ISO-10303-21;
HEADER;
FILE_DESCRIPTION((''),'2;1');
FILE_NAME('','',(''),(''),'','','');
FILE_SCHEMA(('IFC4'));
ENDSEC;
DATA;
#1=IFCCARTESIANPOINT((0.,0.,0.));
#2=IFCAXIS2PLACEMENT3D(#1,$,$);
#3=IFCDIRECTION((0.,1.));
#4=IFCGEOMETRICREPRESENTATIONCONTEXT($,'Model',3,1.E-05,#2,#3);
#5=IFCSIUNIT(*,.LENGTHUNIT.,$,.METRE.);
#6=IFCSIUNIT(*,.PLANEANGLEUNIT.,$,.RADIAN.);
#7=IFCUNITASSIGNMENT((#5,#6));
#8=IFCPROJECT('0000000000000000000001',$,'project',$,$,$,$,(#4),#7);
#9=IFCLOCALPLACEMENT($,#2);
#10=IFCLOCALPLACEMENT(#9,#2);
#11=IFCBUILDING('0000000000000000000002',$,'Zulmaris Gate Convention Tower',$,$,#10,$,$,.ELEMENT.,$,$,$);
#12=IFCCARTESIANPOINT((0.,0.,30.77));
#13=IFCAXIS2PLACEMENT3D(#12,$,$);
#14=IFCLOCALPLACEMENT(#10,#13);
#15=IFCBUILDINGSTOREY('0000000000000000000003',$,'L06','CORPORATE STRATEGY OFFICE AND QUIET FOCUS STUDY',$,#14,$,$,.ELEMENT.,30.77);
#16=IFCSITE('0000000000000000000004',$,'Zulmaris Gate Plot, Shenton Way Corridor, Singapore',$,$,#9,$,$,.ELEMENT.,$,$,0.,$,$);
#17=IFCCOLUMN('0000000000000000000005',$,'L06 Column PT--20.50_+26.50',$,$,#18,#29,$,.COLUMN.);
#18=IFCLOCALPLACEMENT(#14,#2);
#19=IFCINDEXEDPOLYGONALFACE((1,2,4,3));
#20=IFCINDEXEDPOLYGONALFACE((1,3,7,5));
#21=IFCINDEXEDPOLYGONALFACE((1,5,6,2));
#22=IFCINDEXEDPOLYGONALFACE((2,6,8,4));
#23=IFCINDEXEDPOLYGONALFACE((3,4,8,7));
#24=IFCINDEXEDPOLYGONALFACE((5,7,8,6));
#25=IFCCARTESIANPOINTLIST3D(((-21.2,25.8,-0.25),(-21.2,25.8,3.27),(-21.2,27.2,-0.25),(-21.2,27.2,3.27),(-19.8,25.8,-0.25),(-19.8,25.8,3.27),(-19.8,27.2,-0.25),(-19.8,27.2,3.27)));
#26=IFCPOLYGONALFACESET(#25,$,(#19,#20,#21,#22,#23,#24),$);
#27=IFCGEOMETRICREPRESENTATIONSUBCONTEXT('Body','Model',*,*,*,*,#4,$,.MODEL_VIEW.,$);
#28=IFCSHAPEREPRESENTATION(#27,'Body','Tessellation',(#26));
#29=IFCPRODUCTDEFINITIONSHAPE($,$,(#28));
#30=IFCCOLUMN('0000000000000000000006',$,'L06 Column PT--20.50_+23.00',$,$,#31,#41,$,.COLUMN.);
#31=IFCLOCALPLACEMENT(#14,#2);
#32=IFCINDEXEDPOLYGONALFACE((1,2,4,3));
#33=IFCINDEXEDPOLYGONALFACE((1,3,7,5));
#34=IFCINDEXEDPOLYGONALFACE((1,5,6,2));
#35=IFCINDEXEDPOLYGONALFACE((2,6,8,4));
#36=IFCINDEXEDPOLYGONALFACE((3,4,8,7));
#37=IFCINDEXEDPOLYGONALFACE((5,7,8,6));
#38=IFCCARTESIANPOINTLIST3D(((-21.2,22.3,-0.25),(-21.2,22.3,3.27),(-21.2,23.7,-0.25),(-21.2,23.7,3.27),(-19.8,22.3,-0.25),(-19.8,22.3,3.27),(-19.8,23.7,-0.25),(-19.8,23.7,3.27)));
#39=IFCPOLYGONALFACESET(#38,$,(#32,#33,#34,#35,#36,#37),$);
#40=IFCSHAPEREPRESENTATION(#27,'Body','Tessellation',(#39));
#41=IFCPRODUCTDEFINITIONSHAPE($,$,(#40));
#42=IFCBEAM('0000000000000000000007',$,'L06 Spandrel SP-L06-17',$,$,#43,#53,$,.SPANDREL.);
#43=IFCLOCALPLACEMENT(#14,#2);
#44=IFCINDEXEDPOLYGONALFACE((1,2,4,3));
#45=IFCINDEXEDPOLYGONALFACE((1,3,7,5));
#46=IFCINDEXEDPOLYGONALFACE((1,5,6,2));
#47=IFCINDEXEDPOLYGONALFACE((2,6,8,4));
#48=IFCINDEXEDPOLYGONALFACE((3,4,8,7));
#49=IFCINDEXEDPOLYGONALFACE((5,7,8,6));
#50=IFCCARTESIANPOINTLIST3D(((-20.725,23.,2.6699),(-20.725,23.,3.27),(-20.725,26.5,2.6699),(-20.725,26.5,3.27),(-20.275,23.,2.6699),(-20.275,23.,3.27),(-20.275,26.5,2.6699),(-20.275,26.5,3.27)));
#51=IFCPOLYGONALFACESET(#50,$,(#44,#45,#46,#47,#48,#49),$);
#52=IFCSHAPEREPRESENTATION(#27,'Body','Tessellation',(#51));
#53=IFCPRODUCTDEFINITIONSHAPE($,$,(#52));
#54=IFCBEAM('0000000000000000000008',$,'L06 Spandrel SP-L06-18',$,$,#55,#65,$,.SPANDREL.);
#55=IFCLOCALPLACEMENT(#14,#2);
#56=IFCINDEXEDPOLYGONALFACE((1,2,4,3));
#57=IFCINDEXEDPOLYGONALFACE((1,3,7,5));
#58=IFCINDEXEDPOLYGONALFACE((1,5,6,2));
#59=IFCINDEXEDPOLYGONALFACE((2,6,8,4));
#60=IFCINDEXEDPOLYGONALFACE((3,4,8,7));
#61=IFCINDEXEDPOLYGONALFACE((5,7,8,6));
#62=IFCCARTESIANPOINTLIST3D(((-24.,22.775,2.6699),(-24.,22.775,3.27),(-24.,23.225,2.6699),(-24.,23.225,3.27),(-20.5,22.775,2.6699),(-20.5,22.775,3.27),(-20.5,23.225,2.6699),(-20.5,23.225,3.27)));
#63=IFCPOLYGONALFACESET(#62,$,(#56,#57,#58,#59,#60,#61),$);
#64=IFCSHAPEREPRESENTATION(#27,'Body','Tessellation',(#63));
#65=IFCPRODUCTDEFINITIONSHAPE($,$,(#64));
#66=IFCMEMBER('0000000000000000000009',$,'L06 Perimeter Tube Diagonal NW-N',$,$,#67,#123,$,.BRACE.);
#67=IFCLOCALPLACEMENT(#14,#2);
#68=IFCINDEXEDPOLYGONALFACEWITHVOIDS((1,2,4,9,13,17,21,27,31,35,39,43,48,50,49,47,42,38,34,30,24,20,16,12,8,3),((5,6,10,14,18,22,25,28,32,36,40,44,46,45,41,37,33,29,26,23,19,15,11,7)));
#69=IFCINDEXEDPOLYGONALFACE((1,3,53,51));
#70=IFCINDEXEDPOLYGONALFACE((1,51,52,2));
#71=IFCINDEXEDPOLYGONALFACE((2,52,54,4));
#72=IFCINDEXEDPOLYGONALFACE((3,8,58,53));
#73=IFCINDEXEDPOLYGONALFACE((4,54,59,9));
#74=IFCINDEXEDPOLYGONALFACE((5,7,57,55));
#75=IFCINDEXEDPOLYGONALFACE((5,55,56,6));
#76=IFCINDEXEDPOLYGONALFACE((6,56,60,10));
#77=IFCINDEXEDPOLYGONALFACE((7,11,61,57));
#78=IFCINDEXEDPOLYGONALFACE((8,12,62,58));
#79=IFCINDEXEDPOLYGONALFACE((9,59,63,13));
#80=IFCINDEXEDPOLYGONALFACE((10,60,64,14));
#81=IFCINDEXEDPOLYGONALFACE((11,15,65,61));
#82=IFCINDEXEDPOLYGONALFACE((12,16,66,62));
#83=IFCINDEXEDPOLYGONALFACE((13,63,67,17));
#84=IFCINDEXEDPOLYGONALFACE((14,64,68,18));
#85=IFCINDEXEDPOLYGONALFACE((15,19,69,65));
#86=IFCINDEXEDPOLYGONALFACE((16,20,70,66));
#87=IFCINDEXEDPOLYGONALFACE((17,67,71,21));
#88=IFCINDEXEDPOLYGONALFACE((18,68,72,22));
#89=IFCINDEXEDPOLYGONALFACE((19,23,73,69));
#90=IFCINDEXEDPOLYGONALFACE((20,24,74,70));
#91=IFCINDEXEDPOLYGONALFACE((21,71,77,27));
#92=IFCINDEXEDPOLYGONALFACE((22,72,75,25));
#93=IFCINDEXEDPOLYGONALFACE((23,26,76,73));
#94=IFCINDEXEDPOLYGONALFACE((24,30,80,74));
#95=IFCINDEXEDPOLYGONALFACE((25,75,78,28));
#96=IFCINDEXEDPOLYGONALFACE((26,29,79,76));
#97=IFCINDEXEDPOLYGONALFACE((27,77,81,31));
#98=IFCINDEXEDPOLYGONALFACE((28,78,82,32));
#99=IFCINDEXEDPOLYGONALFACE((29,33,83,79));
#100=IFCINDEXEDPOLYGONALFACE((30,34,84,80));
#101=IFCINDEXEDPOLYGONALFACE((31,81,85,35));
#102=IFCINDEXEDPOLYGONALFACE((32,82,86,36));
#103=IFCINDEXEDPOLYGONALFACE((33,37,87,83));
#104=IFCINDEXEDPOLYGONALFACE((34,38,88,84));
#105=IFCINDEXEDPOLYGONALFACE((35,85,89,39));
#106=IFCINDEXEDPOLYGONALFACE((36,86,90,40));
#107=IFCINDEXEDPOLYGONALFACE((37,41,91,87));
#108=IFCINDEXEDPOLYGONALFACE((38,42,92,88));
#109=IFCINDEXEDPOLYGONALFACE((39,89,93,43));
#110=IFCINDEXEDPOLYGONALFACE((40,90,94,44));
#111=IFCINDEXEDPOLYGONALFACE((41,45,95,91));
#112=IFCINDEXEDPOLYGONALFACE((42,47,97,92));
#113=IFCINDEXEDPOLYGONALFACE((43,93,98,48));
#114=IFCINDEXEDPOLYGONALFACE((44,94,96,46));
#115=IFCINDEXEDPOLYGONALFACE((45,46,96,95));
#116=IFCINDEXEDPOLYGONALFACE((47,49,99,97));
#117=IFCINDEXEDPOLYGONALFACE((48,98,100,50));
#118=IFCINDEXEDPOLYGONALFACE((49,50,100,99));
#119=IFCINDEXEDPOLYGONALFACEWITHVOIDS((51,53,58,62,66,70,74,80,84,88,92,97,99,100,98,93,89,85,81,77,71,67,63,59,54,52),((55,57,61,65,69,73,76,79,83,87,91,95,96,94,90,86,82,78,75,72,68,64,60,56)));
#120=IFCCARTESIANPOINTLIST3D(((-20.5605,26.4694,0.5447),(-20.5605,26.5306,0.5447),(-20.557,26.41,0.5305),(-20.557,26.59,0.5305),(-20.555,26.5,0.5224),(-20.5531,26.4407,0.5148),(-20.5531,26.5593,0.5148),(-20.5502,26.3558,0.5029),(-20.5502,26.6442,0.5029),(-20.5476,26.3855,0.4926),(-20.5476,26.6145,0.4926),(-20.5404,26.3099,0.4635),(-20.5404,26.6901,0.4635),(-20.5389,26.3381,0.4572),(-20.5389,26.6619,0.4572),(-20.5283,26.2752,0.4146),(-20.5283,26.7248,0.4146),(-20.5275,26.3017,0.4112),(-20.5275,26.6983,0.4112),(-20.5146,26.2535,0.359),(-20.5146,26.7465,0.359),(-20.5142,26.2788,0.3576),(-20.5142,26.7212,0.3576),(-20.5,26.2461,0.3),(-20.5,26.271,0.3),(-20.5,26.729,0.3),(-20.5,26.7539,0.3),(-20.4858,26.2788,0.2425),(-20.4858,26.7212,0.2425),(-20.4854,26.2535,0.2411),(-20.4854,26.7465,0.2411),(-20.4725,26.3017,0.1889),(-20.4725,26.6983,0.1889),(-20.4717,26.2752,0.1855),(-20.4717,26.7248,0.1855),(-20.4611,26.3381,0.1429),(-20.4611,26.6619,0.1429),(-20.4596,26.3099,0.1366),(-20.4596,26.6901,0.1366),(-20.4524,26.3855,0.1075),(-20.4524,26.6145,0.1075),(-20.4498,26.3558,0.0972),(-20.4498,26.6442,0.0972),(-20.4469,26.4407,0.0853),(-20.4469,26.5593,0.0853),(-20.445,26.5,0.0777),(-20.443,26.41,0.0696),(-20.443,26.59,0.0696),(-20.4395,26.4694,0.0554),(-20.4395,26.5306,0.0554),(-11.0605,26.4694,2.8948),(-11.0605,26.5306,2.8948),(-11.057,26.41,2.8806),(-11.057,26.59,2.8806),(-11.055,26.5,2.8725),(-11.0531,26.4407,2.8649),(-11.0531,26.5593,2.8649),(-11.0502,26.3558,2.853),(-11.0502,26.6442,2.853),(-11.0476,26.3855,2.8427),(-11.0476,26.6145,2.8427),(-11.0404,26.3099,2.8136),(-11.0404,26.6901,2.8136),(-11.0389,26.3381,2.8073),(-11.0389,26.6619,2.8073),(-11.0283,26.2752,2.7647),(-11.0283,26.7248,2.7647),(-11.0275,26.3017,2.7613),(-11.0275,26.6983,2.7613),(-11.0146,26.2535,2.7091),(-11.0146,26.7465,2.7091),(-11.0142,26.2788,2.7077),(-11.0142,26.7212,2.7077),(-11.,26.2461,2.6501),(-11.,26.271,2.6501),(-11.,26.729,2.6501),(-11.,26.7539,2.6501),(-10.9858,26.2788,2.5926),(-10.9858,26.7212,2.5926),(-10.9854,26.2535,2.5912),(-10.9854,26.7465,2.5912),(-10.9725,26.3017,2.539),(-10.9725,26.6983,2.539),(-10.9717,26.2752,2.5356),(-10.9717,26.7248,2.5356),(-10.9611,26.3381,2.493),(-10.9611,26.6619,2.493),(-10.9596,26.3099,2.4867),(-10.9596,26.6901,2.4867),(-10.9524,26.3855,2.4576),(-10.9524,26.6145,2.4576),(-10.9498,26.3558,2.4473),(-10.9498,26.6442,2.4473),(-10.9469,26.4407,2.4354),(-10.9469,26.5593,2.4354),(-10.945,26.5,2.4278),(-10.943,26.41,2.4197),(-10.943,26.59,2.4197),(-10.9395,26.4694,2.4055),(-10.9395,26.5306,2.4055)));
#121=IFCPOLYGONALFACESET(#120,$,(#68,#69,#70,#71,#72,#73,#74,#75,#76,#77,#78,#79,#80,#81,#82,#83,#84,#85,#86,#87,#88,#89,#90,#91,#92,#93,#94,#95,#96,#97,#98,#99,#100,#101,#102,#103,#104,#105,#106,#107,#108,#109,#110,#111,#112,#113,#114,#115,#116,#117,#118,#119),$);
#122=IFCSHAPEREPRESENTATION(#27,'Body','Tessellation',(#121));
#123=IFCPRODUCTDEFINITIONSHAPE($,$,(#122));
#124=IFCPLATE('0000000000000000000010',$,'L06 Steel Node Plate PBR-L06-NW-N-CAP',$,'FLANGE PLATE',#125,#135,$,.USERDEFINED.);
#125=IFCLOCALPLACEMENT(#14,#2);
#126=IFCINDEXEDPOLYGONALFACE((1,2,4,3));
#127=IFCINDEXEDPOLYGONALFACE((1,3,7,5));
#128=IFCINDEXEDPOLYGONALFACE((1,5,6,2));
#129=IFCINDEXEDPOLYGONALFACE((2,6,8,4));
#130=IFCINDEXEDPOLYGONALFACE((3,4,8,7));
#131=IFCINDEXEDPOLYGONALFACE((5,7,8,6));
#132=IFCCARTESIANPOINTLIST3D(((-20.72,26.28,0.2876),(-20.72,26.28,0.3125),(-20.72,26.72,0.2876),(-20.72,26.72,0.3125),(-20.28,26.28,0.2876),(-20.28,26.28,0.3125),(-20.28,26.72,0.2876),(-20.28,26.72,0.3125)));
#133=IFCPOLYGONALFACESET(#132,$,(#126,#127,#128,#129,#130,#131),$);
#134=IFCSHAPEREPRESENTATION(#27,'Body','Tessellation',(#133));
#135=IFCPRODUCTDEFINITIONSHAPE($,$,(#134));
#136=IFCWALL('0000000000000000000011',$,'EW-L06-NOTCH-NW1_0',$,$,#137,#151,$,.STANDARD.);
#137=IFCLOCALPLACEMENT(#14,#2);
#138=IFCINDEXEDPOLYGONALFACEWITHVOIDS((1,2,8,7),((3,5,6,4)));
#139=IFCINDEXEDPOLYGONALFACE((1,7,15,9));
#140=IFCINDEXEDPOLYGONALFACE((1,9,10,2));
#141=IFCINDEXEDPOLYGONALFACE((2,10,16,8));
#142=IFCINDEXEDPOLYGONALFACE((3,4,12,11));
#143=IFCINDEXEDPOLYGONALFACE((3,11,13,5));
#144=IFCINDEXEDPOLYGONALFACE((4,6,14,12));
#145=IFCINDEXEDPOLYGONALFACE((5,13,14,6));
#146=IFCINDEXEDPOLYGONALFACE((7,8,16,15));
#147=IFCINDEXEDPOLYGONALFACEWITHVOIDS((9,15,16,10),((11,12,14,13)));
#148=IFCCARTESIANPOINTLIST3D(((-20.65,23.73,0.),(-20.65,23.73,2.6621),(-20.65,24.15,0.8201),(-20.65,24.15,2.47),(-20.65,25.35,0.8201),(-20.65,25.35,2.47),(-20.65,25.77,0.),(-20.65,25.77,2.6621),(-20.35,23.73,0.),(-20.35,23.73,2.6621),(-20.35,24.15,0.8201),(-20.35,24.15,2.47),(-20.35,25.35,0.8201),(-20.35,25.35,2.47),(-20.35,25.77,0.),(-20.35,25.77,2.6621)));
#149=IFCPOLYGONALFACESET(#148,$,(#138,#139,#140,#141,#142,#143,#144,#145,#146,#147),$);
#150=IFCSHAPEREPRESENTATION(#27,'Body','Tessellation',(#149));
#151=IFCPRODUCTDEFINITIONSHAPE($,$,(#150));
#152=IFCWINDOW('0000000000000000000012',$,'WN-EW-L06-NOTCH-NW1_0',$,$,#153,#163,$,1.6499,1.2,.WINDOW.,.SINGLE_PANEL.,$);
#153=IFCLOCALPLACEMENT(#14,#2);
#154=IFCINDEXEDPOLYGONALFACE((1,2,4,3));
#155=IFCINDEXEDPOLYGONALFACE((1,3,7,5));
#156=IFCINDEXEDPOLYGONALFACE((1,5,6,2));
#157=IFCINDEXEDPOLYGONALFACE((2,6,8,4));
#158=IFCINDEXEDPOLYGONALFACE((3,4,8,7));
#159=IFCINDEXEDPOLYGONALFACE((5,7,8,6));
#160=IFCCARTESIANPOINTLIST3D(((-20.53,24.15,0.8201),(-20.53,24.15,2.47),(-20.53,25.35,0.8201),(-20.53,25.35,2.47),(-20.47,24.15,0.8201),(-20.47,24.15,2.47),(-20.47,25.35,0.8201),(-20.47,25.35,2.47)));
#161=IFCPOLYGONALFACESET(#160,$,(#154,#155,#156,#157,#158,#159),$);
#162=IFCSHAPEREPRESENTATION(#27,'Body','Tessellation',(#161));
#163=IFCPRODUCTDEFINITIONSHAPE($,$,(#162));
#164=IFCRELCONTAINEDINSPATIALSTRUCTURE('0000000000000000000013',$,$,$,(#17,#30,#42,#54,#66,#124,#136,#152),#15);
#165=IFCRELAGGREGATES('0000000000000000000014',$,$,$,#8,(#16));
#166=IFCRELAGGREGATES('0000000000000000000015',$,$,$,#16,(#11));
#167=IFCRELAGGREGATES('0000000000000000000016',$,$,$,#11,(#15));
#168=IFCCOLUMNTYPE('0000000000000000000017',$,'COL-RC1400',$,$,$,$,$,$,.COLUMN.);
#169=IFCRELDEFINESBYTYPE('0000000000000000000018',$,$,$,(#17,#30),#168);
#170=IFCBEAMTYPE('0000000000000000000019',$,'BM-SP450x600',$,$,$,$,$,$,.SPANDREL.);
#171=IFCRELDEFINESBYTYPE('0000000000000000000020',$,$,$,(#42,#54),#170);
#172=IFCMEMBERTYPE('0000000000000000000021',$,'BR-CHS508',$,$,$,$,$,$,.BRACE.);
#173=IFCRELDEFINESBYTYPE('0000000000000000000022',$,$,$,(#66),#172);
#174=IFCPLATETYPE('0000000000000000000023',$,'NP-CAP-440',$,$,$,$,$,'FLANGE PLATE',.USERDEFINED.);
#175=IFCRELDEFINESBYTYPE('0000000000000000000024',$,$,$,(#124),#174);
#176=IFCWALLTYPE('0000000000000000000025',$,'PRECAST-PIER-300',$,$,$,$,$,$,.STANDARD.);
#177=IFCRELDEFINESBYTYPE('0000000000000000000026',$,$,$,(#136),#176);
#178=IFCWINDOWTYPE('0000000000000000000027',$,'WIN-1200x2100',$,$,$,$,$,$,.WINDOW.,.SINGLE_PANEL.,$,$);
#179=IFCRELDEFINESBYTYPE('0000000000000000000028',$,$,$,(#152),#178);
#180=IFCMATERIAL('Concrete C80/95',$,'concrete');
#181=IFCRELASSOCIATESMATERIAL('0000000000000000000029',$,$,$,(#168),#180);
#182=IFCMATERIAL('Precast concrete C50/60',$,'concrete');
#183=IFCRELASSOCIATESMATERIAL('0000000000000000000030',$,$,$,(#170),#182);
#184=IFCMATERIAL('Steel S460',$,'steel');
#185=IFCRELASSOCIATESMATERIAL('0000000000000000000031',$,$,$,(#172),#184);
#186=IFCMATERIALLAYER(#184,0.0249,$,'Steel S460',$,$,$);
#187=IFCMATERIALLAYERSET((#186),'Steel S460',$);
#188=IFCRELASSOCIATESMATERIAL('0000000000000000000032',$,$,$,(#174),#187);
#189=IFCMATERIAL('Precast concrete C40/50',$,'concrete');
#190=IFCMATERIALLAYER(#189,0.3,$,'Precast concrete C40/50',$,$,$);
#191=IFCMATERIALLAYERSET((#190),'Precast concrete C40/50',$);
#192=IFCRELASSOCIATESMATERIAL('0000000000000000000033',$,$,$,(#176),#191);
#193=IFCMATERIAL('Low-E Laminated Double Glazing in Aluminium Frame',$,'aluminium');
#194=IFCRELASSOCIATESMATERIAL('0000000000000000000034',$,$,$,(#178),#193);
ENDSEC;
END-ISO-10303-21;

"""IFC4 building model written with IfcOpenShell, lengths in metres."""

from ifc_helpers import new_model, si_unit, direction, frame, frame_2d, origin, origin_2d, place, context, subcontext, project, spatial, rectangle, hollow_circle, extrude, material, layer, layer_set, material_profile, profile_set, type_object, element, fill, save


model = new_model("IFC4")

# Units and contexts
model_context = context("Model", 3, precision=1e-05, world=origin(), true_north=direction((0.0, 1.0)))
body_context = subcontext(model_context, "Body", "Model", "MODEL_VIEW")
ifc_project = project(units=[si_unit("LENGTHUNIT", "METRE"), si_unit("PLANEANGLEUNIT", "RADIAN")], contexts=[model_context])

# Site, building, storey
site_placement = place(None, origin())
site = spatial("IfcSite", under=ifc_project, at=site_placement, Name="Zulmaris Gate Plot, Shenton Way Corridor, Singapore", CompositionType="ELEMENT", RefElevation=0.0)
building_placement = place(site_placement, origin())
building = spatial("IfcBuilding", under=site, at=building_placement, Name="Zulmaris Gate Convention Tower", CompositionType="ELEMENT")
storey_placement = place(building_placement, frame((0.0, 0.0, 30.77)))
storey = spatial("IfcBuildingStorey", under=building, at=storey_placement, Name="L06", Description="CORPORATE STRATEGY OFFICE AND QUIET FOCUS STUDY", CompositionType="ELEMENT", Elevation=30.77)

# Columns
ifc_material_1 = material(Name="Concrete C80/95", Category="concrete")
ifc_material_profile_1 = material_profile(ifc_material_1, rectangle(XDim=1.3999, YDim=1.3999, at=origin_2d()), Name="RC COL 1400x1400")
ifc_profile_set_1 = profile_set([ifc_material_profile_1], Name="Concrete C80/95")
column_type = type_object("IfcColumnType", Name="COL-RC1400", PredefinedType="COLUMN", material=ifc_profile_set_1)
for number, where, z_axis, x_axis, name in (
    (1, (-20.5, 26.5, -0.25), (0.0, 0.0, 1.0), (1.0, 0.0, 0.0), "L06 Column PT--20.50_+26.50"),
    (2, (-20.5, 23.0, -0.25), (0.0, 0.0, 1.0), (1.0, 0.0, 0.0), "L06 Column PT--20.50_+23.00"),
):
    element("IfcColumn", number, at=place(storey_placement, frame(where, z_axis=z_axis, x_axis=x_axis)), inside=storey, type_object=column_type, Name=name, PredefinedType="COLUMN", context=body_context, shape_type="SweptSolid", body=[
        extrude(rectangle(XDim=1.3999, YDim=1.3999, at=origin_2d()), origin(), (0.0, 0.0, 1.0), 3.52),
    ])

# Beams
ifc_material_2 = material(Name="Precast concrete C50/60", Category="concrete")
ifc_material_profile_2 = material_profile(ifc_material_2, rectangle(XDim=0.45, YDim=0.6001, at=origin_2d()), Name="RC SPANDREL 450x600")
ifc_profile_set_2 = profile_set([ifc_material_profile_2], Name="Precast concrete C50/60")
beam_type = type_object("IfcBeamType", Name="BM-SP450x600", PredefinedType="SPANDREL", material=ifc_profile_set_2)
for number, where, z_axis, x_axis, name in (
    (3, (-20.5, 26.5, 2.97), (0.0, -1.0, 0.0), (1.0, 0.0, 0.0), "L06 Spandrel SP-L06-17"),
    (4, (-20.5, 23.0, 2.97), (-1.0, 0.0, 0.0), (0.0, -1.0, 0.0), "L06 Spandrel SP-L06-18"),
):
    element("IfcBeam", number, at=place(storey_placement, frame(where, z_axis=z_axis, x_axis=x_axis)), inside=storey, type_object=beam_type, Name=name, PredefinedType="SPANDREL", context=body_context, shape_type="SweptSolid", body=[
        extrude(rectangle(XDim=0.45, YDim=0.6001, at=origin_2d()), origin(), (0.0, 0.0, 1.0), 3.5),
    ])

# Member
ifc_material_3 = material(Name="Steel S460", Category="steel")
ifc_material_profile_3 = material_profile(ifc_material_3, hollow_circle(Radius=0.2539, WallThickness=0.0249, at=origin_2d()), Name="CHS 508x25")
ifc_profile_set_3 = profile_set([ifc_material_profile_3], Name="Steel S460")
member_type = type_object("IfcMemberType", Name="BR-CHS508", PredefinedType="BRACE", material=ifc_profile_set_3)
member_placement = place(storey_placement, frame((-20.5, 26.5, 0.3), z_axis=(0.970738, 0.0, 0.24014), x_axis=(0.0, 1.0, 0.0)))
element("IfcMember", 5, at=member_placement, inside=storey, type_object=member_type, Name="L06 Perimeter Tube Diagonal NW-N", PredefinedType="BRACE", context=body_context, shape_type="SweptSolid", body=[
    extrude(hollow_circle(Radius=0.2539, WallThickness=0.0249, at=origin_2d()), origin(), (0.0, 0.0, 1.0), 9.7864),
])

# Plate
ifc_layer_1 = layer(ifc_material_3, 0.0249, Name="Steel S460")
ifc_layer_set_1 = layer_set([ifc_layer_1], Name="Steel S460")
plate_type = type_object("IfcPlateType", Name="NP-CAP-440", ElementType="FLANGE PLATE", PredefinedType="USERDEFINED", material=ifc_layer_set_1)
plate_placement = place(storey_placement, frame((-20.5, 26.5, 0.2876), z_axis=(0.0, 0.0, 1.0), x_axis=(1.0, 0.0, 0.0)))
element("IfcPlate", 6, at=plate_placement, inside=storey, type_object=plate_type, Name="L06 Steel Node Plate PBR-L06-NW-N-CAP", ObjectType="FLANGE PLATE", PredefinedType="USERDEFINED", context=body_context, shape_type="SweptSolid", body=[
    extrude(rectangle(XDim=0.4399, YDim=0.4399, at=origin_2d()), origin(), (0.0, 0.0, 1.0), 0.0249),
])

# Wall, opening, window
ifc_material_4 = material(Name="Precast concrete C40/50", Category="concrete")
ifc_layer_2 = layer(ifc_material_4, 0.3, Name="Precast concrete C40/50")
ifc_layer_set_2 = layer_set([ifc_layer_2], Name="Precast concrete C40/50")
wall_type = type_object("IfcWallType", Name="PRECAST-PIER-300", PredefinedType="STANDARD", material=ifc_layer_set_2)
wall_1_placement = place(storey_placement, frame((-20.5, 25.77, 0.0), z_axis=(0.0, 0.0, 1.0), x_axis=(0.0, -1.0, 0.0)))
wall_1 = element("IfcWall", 7, at=wall_1_placement, inside=storey, type_object=wall_type, Name="EW-L06-NOTCH-NW1_0", PredefinedType="STANDARD", context=body_context, shape_type="SweptSolid", body=[
    extrude(rectangle(XDim=2.04, YDim=0.3, at=frame_2d((1.02, 0.0))), origin(), (0.0, 0.0, 1.0), 2.6621),
])
opening_1_placement = place(wall_1_placement, frame((0.4199, 0.0, 0.8201)))
opening_1 = element("IfcOpeningElement", 8, at=opening_1_placement, cuts=wall_1, PredefinedType="OPENING", context=body_context, shape_type="SweptSolid", body=[
    extrude(rectangle(XDim=1.2, YDim=1.6499, at=frame_2d((0.6001, 0.825))), frame((0.0, 0.1602, 0.0), z_axis=(0.0, -1.0, 0.0), x_axis=(1.0, 0.0, 0.0)), (0.0, 0.0, 1.0), 0.3201),
])
ifc_material_5 = material(Name="Low-E Laminated Double Glazing in Aluminium Frame", Category="aluminium")
window_type = type_object("IfcWindowType", Name="WIN-1200x2100", PartitioningType="SINGLE_PANEL", PredefinedType="WINDOW", material=ifc_material_5)
window_1_placement = place(opening_1_placement, origin())
window_1 = element("IfcWindow", 9, at=window_1_placement, inside=storey, type_object=window_type, Name="WN-EW-L06-NOTCH-NW1_0", OverallHeight=1.6499, OverallWidth=1.2, PartitioningType="SINGLE_PANEL", PredefinedType="WINDOW", context=body_context, shape_type="SweptSolid", body=[
    extrude(rectangle(XDim=1.2, YDim=1.6499, at=frame_2d((0.6001, 0.825))), frame((0.0, 0.03, 0.0), z_axis=(0.0, -1.0, 0.0), x_axis=(1.0, 0.0, 0.0)), (0.0, 0.0, 1.0), 0.0601),
])
fill(opening_1, window_1)

save(model, "model.ifc")
